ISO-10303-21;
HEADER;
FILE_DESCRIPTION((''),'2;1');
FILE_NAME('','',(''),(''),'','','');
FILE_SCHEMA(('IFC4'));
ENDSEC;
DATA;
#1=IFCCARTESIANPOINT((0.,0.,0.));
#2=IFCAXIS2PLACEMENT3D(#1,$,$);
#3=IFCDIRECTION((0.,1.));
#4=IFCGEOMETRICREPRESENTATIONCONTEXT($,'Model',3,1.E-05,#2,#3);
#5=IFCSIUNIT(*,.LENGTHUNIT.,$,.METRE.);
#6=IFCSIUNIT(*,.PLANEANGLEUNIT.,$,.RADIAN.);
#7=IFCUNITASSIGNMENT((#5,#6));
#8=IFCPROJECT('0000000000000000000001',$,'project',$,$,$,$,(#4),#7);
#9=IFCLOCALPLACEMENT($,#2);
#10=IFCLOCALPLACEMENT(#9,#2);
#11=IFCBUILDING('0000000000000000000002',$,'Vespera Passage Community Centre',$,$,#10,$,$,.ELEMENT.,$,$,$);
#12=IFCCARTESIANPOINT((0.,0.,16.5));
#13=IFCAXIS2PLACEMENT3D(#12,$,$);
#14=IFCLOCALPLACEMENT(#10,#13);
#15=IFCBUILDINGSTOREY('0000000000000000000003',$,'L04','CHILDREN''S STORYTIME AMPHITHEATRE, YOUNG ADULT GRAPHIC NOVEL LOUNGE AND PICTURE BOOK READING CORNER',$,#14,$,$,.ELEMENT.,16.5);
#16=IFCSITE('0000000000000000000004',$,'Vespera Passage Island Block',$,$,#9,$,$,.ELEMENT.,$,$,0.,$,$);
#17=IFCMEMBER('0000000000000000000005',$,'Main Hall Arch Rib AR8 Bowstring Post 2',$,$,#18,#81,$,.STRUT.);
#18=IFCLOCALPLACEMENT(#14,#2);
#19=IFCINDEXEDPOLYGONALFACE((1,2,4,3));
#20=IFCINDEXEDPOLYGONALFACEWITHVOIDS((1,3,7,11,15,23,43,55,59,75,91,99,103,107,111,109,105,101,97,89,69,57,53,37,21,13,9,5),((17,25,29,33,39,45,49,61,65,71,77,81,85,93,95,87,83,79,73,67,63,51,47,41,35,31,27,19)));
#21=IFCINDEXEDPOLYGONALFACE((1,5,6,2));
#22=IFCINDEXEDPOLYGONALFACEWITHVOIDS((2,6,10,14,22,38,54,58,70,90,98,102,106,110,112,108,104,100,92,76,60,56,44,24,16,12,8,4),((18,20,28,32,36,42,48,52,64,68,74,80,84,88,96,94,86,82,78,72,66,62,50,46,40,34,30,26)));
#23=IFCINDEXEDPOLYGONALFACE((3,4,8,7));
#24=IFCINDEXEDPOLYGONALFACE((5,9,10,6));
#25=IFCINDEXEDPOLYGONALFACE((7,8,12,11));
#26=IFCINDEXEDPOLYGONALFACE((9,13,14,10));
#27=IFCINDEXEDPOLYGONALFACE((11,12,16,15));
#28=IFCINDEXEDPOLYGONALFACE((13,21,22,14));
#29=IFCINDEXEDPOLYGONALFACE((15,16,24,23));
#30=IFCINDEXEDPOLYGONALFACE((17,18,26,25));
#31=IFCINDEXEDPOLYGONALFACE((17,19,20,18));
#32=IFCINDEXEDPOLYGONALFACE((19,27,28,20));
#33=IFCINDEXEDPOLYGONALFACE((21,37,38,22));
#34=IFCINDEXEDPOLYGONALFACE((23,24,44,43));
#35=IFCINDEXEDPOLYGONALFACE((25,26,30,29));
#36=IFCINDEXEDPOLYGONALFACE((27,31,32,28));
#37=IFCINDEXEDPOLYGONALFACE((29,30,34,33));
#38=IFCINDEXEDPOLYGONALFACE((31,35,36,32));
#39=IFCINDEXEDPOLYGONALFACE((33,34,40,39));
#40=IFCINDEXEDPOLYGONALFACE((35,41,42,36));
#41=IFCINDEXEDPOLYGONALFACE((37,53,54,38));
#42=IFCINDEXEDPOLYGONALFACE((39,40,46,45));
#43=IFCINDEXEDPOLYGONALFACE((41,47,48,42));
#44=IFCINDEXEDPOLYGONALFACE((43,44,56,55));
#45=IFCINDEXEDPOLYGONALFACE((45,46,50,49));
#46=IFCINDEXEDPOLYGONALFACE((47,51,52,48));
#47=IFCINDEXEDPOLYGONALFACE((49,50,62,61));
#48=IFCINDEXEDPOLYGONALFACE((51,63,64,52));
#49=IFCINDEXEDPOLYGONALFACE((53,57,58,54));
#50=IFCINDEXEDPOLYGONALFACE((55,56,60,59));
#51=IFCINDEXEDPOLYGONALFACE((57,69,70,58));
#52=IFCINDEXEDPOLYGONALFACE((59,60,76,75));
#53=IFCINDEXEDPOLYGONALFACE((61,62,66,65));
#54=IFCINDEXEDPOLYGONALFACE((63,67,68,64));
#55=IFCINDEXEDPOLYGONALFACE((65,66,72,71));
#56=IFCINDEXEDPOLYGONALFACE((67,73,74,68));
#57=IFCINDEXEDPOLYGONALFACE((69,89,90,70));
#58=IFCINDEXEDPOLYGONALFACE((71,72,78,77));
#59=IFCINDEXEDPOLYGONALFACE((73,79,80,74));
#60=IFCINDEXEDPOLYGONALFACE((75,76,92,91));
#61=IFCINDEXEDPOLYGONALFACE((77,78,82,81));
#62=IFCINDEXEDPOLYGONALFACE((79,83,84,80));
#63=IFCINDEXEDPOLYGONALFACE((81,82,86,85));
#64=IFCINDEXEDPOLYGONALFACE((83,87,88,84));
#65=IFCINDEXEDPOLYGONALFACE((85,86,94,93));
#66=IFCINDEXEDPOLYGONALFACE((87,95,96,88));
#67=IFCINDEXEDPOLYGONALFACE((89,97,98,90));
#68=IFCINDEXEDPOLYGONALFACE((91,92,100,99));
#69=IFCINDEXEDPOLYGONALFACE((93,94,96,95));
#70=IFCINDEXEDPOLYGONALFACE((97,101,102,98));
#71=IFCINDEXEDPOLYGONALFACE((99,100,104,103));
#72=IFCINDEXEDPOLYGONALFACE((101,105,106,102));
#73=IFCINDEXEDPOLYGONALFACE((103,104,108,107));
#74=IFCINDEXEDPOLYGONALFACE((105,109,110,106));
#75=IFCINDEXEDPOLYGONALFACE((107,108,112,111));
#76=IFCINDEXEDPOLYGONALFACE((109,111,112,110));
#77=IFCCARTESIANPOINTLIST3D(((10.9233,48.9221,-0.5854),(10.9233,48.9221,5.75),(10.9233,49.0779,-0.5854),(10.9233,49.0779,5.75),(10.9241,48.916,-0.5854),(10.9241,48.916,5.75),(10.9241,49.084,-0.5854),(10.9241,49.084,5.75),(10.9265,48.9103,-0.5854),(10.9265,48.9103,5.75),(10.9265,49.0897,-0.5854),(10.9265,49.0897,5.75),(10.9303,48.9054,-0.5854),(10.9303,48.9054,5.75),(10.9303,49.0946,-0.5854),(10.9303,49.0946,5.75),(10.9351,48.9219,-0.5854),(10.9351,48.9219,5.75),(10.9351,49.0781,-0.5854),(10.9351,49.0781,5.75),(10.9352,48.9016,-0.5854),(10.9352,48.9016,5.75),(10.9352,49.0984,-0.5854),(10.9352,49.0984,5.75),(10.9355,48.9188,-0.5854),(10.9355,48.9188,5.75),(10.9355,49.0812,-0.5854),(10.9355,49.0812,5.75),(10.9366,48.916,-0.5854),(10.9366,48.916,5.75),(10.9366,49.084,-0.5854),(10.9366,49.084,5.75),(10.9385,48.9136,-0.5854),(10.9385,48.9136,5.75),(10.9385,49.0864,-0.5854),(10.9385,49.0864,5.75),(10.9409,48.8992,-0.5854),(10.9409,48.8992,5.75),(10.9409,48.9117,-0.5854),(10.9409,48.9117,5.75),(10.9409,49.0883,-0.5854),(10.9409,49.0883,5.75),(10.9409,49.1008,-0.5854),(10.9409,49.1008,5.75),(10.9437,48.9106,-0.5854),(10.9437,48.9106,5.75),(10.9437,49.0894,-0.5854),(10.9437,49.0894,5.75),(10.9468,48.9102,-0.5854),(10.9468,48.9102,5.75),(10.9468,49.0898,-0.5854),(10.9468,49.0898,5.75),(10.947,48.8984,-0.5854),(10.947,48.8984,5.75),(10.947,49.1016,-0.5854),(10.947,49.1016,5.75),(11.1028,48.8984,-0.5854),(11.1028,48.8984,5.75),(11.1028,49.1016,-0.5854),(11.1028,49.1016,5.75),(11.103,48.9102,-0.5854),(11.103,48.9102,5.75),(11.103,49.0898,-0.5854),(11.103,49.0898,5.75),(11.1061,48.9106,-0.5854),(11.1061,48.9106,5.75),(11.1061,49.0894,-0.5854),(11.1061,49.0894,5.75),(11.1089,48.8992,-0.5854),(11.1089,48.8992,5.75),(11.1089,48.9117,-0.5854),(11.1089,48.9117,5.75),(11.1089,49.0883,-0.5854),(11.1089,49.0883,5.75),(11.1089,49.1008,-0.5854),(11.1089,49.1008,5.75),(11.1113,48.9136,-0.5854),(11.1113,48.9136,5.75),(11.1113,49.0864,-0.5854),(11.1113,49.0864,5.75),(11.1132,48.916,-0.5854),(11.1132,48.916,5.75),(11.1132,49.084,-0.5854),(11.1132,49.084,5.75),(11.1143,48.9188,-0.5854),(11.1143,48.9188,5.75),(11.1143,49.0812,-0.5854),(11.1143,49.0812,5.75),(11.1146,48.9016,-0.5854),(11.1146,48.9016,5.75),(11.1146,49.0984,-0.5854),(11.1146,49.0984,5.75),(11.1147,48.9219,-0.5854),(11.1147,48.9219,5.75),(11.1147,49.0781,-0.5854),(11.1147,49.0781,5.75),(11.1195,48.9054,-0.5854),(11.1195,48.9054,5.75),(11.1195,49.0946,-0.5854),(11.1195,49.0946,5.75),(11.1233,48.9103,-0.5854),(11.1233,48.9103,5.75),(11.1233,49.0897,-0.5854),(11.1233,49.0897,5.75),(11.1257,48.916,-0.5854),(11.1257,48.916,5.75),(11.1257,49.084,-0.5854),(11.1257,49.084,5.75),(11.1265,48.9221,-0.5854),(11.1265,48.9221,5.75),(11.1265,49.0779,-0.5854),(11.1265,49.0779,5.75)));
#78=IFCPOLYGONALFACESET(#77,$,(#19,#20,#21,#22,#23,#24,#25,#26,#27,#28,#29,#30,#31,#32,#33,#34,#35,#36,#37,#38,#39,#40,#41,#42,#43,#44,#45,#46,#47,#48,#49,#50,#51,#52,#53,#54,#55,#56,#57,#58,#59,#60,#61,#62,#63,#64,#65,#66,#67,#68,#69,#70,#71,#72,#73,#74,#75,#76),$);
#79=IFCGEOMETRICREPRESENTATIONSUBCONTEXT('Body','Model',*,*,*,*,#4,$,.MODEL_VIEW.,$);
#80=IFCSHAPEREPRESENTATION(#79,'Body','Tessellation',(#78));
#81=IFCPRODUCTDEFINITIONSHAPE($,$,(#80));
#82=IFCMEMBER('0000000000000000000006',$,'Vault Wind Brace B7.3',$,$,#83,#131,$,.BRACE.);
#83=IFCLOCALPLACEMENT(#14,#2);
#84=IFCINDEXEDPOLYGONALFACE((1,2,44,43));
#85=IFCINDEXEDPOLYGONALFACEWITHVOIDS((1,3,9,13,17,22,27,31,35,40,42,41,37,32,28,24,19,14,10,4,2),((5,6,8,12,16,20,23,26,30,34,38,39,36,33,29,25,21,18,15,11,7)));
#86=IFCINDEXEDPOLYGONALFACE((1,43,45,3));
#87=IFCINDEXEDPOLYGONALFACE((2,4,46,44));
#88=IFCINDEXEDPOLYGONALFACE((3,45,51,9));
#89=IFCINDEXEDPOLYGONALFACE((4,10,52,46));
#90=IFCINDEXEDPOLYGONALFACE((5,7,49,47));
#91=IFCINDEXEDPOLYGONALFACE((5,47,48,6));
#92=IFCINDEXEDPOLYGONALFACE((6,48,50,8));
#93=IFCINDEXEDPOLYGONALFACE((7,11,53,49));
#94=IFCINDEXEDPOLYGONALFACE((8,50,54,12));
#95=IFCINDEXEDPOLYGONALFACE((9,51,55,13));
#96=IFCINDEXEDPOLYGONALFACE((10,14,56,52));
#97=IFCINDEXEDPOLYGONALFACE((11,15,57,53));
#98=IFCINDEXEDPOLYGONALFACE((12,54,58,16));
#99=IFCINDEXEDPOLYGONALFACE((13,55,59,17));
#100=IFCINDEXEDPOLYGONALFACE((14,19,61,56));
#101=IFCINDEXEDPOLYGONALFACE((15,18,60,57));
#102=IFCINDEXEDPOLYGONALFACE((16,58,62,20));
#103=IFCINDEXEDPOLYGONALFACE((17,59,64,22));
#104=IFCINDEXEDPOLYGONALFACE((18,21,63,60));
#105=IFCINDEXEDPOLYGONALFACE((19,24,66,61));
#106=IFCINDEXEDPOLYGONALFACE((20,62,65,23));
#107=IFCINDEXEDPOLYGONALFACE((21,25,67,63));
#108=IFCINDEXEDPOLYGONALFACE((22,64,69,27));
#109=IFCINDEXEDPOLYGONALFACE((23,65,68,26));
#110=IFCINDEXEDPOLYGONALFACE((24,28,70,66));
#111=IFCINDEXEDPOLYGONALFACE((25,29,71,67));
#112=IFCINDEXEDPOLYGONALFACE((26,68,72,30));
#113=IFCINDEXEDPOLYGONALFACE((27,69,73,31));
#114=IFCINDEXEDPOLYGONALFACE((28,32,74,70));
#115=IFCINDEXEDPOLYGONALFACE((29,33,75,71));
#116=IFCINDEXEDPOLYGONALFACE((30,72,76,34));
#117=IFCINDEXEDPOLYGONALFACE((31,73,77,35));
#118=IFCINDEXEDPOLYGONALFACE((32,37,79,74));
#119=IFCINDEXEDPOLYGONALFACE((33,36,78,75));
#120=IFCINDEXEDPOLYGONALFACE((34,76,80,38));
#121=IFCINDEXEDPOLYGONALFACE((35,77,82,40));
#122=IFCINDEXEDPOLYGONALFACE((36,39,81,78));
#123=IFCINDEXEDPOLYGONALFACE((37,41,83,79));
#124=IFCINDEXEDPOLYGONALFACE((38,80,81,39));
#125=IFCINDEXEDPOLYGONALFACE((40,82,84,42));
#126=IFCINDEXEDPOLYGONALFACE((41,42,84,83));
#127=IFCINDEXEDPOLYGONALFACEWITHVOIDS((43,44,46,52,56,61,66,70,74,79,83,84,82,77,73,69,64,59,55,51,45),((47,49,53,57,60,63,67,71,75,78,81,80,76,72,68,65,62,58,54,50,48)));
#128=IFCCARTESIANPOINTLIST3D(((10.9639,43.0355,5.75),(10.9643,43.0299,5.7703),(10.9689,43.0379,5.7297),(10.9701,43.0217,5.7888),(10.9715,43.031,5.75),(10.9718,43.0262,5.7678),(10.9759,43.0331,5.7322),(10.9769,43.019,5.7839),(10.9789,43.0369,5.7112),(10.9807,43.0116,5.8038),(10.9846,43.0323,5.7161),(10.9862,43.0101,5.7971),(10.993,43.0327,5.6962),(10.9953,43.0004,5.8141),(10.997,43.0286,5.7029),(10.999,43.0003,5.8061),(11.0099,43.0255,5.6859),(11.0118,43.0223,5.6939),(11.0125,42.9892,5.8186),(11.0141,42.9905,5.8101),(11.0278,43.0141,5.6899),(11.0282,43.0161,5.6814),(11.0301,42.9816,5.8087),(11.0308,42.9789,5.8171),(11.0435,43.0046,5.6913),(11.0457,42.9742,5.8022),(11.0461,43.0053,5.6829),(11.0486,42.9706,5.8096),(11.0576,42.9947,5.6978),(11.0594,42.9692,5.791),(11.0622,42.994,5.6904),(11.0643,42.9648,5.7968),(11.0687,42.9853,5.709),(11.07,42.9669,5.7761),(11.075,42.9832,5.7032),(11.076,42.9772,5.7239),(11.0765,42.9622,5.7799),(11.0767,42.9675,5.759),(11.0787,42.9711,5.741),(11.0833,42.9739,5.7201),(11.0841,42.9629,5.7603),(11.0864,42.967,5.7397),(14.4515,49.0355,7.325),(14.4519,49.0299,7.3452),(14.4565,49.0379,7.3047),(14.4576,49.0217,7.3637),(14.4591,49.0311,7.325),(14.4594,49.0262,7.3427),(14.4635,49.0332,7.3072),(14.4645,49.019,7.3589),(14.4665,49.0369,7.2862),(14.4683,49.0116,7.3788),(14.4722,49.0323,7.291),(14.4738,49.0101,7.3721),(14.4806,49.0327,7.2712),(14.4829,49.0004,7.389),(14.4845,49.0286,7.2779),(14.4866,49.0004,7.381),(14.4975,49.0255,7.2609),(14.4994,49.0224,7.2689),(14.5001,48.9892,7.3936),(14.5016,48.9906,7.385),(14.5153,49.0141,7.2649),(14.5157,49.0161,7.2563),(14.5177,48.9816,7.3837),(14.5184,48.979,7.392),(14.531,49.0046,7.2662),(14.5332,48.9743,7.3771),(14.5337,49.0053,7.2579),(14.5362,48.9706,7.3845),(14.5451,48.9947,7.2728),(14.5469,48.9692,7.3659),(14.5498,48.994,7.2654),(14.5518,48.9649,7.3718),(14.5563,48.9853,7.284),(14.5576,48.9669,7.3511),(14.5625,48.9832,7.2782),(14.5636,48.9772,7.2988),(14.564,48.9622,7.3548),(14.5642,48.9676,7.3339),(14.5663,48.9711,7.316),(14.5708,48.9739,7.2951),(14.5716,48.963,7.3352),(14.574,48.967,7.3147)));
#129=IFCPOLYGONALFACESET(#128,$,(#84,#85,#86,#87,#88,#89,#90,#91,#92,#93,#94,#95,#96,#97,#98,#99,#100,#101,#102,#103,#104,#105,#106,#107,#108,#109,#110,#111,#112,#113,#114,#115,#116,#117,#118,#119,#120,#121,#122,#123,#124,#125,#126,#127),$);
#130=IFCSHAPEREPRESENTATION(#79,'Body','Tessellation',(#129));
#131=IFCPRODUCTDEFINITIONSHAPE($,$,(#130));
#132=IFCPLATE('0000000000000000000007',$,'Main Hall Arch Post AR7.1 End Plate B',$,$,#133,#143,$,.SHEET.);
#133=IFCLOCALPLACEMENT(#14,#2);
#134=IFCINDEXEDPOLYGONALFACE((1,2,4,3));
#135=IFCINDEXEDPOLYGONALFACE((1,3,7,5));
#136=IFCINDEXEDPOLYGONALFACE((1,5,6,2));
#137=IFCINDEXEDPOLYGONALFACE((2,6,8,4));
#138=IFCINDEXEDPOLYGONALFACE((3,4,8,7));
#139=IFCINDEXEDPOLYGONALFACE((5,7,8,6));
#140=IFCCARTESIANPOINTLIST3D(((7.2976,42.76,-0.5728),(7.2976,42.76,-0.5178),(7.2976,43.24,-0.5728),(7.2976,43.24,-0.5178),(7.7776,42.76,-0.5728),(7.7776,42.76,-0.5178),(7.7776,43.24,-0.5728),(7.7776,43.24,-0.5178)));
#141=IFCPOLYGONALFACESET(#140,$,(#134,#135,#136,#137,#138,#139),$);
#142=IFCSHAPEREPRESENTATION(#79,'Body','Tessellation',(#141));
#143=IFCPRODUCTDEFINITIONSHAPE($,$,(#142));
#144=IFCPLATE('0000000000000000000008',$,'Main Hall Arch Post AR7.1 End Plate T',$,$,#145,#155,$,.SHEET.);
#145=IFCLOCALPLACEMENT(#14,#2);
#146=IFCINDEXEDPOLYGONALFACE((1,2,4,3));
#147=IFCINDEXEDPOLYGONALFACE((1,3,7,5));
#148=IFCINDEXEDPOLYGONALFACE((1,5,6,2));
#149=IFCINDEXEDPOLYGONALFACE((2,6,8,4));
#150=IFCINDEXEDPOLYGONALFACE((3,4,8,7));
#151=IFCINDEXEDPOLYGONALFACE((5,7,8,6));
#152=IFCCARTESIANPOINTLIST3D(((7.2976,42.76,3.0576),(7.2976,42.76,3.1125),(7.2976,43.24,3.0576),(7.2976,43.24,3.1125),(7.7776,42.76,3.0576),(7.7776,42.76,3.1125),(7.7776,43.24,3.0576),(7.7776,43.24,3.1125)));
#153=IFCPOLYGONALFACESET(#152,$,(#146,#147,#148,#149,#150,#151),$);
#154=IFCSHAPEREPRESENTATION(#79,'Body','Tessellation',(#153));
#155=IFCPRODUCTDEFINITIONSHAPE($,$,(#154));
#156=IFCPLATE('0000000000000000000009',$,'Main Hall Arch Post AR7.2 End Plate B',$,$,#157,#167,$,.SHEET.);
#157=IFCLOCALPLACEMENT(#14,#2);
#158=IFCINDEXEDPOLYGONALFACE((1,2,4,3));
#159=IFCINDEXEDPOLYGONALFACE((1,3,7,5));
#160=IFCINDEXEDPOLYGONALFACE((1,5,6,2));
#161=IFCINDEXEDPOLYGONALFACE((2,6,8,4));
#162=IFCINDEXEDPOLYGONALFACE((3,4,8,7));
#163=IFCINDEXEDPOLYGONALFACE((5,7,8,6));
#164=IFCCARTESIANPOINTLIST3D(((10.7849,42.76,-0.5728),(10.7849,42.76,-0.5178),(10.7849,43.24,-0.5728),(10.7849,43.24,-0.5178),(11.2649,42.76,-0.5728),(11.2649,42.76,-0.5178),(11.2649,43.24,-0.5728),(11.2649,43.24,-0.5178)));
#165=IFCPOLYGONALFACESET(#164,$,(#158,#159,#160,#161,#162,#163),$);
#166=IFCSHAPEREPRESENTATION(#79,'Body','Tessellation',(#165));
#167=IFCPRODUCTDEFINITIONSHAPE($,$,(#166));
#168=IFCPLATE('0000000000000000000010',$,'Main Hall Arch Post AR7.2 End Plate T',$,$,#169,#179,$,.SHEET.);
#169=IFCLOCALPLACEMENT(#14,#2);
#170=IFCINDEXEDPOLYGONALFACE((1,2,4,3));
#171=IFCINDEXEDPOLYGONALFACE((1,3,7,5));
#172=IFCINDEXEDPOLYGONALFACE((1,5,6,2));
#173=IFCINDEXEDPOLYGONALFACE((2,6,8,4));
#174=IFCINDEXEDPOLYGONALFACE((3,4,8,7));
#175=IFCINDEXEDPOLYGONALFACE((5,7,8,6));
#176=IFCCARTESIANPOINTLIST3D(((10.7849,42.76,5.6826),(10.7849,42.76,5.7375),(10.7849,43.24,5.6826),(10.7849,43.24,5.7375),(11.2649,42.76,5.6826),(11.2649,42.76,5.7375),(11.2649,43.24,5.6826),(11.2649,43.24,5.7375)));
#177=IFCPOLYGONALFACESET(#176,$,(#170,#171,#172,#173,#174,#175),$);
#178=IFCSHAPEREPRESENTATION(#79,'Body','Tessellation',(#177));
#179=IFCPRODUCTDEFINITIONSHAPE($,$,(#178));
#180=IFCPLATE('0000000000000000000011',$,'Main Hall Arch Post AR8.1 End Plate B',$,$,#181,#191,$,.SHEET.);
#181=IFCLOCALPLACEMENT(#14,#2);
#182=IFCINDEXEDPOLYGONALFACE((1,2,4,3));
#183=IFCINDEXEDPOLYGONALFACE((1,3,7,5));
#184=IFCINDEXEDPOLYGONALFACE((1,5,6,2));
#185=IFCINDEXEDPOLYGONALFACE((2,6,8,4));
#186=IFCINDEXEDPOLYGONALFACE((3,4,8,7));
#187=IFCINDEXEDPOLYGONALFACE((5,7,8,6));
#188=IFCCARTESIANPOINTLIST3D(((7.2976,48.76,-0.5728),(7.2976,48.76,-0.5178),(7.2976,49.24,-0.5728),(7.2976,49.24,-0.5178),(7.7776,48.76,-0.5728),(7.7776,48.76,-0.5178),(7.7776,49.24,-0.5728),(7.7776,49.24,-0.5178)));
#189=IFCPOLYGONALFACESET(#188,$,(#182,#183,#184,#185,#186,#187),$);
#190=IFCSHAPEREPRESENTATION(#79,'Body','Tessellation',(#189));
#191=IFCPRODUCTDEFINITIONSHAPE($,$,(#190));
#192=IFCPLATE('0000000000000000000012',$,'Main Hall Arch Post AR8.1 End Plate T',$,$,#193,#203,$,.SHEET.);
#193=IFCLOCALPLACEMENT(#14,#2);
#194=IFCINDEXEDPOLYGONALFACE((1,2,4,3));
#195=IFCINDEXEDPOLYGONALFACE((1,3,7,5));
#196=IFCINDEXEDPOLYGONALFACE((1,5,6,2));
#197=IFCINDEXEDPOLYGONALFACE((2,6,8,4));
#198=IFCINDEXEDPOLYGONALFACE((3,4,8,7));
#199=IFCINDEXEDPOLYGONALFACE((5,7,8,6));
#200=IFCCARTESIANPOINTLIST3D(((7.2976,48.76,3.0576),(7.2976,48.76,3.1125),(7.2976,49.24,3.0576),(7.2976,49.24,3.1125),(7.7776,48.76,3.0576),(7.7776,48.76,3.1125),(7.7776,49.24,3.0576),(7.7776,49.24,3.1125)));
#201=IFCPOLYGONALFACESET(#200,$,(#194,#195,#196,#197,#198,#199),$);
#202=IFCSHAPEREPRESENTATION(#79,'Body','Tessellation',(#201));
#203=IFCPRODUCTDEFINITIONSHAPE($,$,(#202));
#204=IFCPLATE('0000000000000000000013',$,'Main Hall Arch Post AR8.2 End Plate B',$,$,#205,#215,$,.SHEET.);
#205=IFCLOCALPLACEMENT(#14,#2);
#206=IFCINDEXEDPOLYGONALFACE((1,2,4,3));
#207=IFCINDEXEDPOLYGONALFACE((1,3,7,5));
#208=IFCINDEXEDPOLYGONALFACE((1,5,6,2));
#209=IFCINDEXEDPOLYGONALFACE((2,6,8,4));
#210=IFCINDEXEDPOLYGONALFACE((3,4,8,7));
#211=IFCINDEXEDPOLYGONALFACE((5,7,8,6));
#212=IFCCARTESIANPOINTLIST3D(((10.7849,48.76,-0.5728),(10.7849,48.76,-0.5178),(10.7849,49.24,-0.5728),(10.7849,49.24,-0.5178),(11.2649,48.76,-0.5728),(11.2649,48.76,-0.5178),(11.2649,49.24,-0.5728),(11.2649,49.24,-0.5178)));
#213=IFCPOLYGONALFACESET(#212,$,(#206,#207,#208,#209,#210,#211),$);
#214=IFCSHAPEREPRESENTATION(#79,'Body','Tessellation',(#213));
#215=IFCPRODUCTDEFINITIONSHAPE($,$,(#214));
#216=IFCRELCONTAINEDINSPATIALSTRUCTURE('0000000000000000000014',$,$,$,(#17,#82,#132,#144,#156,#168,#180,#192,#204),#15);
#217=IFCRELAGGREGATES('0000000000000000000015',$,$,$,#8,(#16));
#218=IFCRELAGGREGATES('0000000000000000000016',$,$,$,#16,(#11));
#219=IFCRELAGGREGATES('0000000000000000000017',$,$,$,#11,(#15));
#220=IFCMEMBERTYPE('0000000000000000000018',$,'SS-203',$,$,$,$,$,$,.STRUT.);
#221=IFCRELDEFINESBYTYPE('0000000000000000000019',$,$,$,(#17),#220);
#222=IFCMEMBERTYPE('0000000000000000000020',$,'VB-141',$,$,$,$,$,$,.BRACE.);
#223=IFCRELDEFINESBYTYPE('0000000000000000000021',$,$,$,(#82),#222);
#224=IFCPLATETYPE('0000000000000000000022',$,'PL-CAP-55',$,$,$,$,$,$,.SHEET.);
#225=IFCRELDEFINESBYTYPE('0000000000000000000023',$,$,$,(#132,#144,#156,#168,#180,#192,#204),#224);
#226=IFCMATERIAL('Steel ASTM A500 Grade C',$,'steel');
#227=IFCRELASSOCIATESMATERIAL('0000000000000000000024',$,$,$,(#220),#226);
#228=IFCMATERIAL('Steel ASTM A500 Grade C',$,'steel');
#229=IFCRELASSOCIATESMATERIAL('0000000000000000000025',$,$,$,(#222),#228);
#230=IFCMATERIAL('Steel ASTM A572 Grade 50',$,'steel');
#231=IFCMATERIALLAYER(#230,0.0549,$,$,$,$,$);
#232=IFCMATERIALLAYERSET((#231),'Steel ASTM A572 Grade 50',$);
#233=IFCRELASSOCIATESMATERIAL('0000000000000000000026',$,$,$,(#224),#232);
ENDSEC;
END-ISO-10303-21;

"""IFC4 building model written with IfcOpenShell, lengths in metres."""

from ifc_helpers import new_model, si_unit, direction, frame, origin, origin_2d, place, context, subcontext, project, spatial, rectangle, hollow_rectangle, hollow_circle, extrude, material, layer, layer_set, material_profile, profile_set, type_object, element, save


model = new_model("IFC4")

# Units and contexts
model_context = context("Model", 3, precision=1e-05, world=origin(), true_north=direction((0.0, 1.0)))
body_context = subcontext(model_context, "Body", "Model", "MODEL_VIEW")
ifc_project = project(units=[si_unit("LENGTHUNIT", "METRE"), si_unit("PLANEANGLEUNIT", "RADIAN")], contexts=[model_context])

# Site, building, storey
site_placement = place(None, origin())
site = spatial("IfcSite", under=ifc_project, at=site_placement, Name="Vespera Passage Island Block", CompositionType="ELEMENT", RefElevation=0.0)
building_placement = place(site_placement, origin())
building = spatial("IfcBuilding", under=site, at=building_placement, Name="Vespera Passage Community Centre", CompositionType="ELEMENT")
storey_placement = place(building_placement, frame((0.0, 0.0, 16.5)))
storey = spatial("IfcBuildingStorey", under=building, at=storey_placement, Name="L04", Description="CHILDREN'S STORYTIME AMPHITHEATRE, YOUNG ADULT GRAPHIC NOVEL LOUNGE AND PICTURE BOOK READING CORNER", CompositionType="ELEMENT", Elevation=16.5)

# Members
ifc_material_1 = material(Name="Steel ASTM A500 Grade C", Category="steel")
ifc_material_profile_1 = material_profile(ifc_material_1, hollow_rectangle(XDim=0.2031, YDim=0.2031, WallThickness=0.0117, InnerFilletRadius=0.0117, OuterFilletRadius=0.0237, at=origin_2d()), Name="HSS203X203X12.7")
ifc_profile_set_1 = profile_set([ifc_material_profile_1], Name="Steel ASTM A500 Grade C")
member_type_1 = type_object("IfcMemberType", Name="SS-203", PredefinedType="STRUT", material=ifc_profile_set_1)
member_1_placement = place(storey_placement, frame((11.0249, 49.0, -0.5854), z_axis=(0.0, 0.0, 1.0), x_axis=(1.0, 0.0, 0.0)))
element("IfcMember", 1, at=member_1_placement, inside=storey, type_object=member_type_1, Name="Main Hall Arch Rib AR8 Bowstring Post 2", PredefinedType="STRUT", context=body_context, shape_type="SweptSolid", body=[
    extrude(hollow_rectangle(XDim=0.2031, YDim=0.2031, WallThickness=0.0117, InnerFilletRadius=0.0117, OuterFilletRadius=0.0237, at=origin_2d()), origin(), (0.0, 0.0, 1.0), 6.3354),
])
ifc_material_2 = material(Name="Steel ASTM A500 Grade C", Category="steel")
ifc_material_profile_2 = material_profile(ifc_material_2, hollow_circle(Radius=0.0706, WallThickness=0.0088, at=origin_2d()), Name="CHS141X9.5")
ifc_profile_set_2 = profile_set([ifc_material_profile_2], Name="Steel ASTM A500 Grade C")
member_type_2 = type_object("IfcMemberType", Name="VB-141", PredefinedType="BRACE", material=ifc_profile_set_2)
member_2_placement = place(storey_placement, frame((11.0249, 43.0, 5.75), z_axis=(0.490071, 0.84312, 0.221312), x_axis=(-0.864559, 0.502532, 0.0)))
element("IfcMember", 2, at=member_2_placement, inside=storey, type_object=member_type_2, Name="Vault Wind Brace B7.3", PredefinedType="BRACE", context=body_context, shape_type="SweptSolid", body=[
    extrude(hollow_circle(Radius=0.0706, WallThickness=0.0088, at=origin_2d()), origin(), (0.0, 0.0, 1.0), 7.1165),
])

# Plates
ifc_material_3 = material(Name="Steel ASTM A572 Grade 50", Category="steel")
ifc_layer_1 = layer(ifc_material_3, 0.0549)
ifc_layer_set_1 = layer_set([ifc_layer_1], Name="Steel ASTM A572 Grade 50")
plate_type_1 = type_object("IfcPlateType", Name="PL-CAP-55", PredefinedType="SHEET", material=ifc_layer_set_1)
for number, where, z_axis, x_axis, name in (
    (3, (7.5376, 43.0, -0.5728), (0.0, 0.0, 1.0), (1.0, 0.0, 0.0), "Main Hall Arch Post AR7.1 End Plate B"),
    (4, (7.5376, 43.0, 3.0576), (0.0, 0.0, 1.0), (1.0, 0.0, 0.0), "Main Hall Arch Post AR7.1 End Plate T"),
    (5, (11.0249, 43.0, -0.5728), (0.0, 0.0, 1.0), (1.0, 0.0, 0.0), "Main Hall Arch Post AR7.2 End Plate B"),
    (6, (11.0249, 43.0, 5.6826), (0.0, 0.0, 1.0), (1.0, 0.0, 0.0), "Main Hall Arch Post AR7.2 End Plate T"),
    (7, (7.5376, 49.0, -0.5728), (0.0, 0.0, 1.0), (1.0, 0.0, 0.0), "Main Hall Arch Post AR8.1 End Plate B"),
    (8, (7.5376, 49.0, 3.0576), (0.0, 0.0, 1.0), (1.0, 0.0, 0.0), "Main Hall Arch Post AR8.1 End Plate T"),
    (9, (11.0249, 49.0, -0.5728), (0.0, 0.0, 1.0), (1.0, 0.0, 0.0), "Main Hall Arch Post AR8.2 End Plate B"),
):
    element("IfcPlate", number, at=place(storey_placement, frame(where, z_axis=z_axis, x_axis=x_axis)), inside=storey, type_object=plate_type_1, Name=name, PredefinedType="SHEET", context=body_context, shape_type="SweptSolid", body=[
        extrude(rectangle(XDim=0.48, YDim=0.48, at=origin_2d()), origin(), (0.0, 0.0, 1.0), 0.0549),
    ])

save(model, "model.ifc")
